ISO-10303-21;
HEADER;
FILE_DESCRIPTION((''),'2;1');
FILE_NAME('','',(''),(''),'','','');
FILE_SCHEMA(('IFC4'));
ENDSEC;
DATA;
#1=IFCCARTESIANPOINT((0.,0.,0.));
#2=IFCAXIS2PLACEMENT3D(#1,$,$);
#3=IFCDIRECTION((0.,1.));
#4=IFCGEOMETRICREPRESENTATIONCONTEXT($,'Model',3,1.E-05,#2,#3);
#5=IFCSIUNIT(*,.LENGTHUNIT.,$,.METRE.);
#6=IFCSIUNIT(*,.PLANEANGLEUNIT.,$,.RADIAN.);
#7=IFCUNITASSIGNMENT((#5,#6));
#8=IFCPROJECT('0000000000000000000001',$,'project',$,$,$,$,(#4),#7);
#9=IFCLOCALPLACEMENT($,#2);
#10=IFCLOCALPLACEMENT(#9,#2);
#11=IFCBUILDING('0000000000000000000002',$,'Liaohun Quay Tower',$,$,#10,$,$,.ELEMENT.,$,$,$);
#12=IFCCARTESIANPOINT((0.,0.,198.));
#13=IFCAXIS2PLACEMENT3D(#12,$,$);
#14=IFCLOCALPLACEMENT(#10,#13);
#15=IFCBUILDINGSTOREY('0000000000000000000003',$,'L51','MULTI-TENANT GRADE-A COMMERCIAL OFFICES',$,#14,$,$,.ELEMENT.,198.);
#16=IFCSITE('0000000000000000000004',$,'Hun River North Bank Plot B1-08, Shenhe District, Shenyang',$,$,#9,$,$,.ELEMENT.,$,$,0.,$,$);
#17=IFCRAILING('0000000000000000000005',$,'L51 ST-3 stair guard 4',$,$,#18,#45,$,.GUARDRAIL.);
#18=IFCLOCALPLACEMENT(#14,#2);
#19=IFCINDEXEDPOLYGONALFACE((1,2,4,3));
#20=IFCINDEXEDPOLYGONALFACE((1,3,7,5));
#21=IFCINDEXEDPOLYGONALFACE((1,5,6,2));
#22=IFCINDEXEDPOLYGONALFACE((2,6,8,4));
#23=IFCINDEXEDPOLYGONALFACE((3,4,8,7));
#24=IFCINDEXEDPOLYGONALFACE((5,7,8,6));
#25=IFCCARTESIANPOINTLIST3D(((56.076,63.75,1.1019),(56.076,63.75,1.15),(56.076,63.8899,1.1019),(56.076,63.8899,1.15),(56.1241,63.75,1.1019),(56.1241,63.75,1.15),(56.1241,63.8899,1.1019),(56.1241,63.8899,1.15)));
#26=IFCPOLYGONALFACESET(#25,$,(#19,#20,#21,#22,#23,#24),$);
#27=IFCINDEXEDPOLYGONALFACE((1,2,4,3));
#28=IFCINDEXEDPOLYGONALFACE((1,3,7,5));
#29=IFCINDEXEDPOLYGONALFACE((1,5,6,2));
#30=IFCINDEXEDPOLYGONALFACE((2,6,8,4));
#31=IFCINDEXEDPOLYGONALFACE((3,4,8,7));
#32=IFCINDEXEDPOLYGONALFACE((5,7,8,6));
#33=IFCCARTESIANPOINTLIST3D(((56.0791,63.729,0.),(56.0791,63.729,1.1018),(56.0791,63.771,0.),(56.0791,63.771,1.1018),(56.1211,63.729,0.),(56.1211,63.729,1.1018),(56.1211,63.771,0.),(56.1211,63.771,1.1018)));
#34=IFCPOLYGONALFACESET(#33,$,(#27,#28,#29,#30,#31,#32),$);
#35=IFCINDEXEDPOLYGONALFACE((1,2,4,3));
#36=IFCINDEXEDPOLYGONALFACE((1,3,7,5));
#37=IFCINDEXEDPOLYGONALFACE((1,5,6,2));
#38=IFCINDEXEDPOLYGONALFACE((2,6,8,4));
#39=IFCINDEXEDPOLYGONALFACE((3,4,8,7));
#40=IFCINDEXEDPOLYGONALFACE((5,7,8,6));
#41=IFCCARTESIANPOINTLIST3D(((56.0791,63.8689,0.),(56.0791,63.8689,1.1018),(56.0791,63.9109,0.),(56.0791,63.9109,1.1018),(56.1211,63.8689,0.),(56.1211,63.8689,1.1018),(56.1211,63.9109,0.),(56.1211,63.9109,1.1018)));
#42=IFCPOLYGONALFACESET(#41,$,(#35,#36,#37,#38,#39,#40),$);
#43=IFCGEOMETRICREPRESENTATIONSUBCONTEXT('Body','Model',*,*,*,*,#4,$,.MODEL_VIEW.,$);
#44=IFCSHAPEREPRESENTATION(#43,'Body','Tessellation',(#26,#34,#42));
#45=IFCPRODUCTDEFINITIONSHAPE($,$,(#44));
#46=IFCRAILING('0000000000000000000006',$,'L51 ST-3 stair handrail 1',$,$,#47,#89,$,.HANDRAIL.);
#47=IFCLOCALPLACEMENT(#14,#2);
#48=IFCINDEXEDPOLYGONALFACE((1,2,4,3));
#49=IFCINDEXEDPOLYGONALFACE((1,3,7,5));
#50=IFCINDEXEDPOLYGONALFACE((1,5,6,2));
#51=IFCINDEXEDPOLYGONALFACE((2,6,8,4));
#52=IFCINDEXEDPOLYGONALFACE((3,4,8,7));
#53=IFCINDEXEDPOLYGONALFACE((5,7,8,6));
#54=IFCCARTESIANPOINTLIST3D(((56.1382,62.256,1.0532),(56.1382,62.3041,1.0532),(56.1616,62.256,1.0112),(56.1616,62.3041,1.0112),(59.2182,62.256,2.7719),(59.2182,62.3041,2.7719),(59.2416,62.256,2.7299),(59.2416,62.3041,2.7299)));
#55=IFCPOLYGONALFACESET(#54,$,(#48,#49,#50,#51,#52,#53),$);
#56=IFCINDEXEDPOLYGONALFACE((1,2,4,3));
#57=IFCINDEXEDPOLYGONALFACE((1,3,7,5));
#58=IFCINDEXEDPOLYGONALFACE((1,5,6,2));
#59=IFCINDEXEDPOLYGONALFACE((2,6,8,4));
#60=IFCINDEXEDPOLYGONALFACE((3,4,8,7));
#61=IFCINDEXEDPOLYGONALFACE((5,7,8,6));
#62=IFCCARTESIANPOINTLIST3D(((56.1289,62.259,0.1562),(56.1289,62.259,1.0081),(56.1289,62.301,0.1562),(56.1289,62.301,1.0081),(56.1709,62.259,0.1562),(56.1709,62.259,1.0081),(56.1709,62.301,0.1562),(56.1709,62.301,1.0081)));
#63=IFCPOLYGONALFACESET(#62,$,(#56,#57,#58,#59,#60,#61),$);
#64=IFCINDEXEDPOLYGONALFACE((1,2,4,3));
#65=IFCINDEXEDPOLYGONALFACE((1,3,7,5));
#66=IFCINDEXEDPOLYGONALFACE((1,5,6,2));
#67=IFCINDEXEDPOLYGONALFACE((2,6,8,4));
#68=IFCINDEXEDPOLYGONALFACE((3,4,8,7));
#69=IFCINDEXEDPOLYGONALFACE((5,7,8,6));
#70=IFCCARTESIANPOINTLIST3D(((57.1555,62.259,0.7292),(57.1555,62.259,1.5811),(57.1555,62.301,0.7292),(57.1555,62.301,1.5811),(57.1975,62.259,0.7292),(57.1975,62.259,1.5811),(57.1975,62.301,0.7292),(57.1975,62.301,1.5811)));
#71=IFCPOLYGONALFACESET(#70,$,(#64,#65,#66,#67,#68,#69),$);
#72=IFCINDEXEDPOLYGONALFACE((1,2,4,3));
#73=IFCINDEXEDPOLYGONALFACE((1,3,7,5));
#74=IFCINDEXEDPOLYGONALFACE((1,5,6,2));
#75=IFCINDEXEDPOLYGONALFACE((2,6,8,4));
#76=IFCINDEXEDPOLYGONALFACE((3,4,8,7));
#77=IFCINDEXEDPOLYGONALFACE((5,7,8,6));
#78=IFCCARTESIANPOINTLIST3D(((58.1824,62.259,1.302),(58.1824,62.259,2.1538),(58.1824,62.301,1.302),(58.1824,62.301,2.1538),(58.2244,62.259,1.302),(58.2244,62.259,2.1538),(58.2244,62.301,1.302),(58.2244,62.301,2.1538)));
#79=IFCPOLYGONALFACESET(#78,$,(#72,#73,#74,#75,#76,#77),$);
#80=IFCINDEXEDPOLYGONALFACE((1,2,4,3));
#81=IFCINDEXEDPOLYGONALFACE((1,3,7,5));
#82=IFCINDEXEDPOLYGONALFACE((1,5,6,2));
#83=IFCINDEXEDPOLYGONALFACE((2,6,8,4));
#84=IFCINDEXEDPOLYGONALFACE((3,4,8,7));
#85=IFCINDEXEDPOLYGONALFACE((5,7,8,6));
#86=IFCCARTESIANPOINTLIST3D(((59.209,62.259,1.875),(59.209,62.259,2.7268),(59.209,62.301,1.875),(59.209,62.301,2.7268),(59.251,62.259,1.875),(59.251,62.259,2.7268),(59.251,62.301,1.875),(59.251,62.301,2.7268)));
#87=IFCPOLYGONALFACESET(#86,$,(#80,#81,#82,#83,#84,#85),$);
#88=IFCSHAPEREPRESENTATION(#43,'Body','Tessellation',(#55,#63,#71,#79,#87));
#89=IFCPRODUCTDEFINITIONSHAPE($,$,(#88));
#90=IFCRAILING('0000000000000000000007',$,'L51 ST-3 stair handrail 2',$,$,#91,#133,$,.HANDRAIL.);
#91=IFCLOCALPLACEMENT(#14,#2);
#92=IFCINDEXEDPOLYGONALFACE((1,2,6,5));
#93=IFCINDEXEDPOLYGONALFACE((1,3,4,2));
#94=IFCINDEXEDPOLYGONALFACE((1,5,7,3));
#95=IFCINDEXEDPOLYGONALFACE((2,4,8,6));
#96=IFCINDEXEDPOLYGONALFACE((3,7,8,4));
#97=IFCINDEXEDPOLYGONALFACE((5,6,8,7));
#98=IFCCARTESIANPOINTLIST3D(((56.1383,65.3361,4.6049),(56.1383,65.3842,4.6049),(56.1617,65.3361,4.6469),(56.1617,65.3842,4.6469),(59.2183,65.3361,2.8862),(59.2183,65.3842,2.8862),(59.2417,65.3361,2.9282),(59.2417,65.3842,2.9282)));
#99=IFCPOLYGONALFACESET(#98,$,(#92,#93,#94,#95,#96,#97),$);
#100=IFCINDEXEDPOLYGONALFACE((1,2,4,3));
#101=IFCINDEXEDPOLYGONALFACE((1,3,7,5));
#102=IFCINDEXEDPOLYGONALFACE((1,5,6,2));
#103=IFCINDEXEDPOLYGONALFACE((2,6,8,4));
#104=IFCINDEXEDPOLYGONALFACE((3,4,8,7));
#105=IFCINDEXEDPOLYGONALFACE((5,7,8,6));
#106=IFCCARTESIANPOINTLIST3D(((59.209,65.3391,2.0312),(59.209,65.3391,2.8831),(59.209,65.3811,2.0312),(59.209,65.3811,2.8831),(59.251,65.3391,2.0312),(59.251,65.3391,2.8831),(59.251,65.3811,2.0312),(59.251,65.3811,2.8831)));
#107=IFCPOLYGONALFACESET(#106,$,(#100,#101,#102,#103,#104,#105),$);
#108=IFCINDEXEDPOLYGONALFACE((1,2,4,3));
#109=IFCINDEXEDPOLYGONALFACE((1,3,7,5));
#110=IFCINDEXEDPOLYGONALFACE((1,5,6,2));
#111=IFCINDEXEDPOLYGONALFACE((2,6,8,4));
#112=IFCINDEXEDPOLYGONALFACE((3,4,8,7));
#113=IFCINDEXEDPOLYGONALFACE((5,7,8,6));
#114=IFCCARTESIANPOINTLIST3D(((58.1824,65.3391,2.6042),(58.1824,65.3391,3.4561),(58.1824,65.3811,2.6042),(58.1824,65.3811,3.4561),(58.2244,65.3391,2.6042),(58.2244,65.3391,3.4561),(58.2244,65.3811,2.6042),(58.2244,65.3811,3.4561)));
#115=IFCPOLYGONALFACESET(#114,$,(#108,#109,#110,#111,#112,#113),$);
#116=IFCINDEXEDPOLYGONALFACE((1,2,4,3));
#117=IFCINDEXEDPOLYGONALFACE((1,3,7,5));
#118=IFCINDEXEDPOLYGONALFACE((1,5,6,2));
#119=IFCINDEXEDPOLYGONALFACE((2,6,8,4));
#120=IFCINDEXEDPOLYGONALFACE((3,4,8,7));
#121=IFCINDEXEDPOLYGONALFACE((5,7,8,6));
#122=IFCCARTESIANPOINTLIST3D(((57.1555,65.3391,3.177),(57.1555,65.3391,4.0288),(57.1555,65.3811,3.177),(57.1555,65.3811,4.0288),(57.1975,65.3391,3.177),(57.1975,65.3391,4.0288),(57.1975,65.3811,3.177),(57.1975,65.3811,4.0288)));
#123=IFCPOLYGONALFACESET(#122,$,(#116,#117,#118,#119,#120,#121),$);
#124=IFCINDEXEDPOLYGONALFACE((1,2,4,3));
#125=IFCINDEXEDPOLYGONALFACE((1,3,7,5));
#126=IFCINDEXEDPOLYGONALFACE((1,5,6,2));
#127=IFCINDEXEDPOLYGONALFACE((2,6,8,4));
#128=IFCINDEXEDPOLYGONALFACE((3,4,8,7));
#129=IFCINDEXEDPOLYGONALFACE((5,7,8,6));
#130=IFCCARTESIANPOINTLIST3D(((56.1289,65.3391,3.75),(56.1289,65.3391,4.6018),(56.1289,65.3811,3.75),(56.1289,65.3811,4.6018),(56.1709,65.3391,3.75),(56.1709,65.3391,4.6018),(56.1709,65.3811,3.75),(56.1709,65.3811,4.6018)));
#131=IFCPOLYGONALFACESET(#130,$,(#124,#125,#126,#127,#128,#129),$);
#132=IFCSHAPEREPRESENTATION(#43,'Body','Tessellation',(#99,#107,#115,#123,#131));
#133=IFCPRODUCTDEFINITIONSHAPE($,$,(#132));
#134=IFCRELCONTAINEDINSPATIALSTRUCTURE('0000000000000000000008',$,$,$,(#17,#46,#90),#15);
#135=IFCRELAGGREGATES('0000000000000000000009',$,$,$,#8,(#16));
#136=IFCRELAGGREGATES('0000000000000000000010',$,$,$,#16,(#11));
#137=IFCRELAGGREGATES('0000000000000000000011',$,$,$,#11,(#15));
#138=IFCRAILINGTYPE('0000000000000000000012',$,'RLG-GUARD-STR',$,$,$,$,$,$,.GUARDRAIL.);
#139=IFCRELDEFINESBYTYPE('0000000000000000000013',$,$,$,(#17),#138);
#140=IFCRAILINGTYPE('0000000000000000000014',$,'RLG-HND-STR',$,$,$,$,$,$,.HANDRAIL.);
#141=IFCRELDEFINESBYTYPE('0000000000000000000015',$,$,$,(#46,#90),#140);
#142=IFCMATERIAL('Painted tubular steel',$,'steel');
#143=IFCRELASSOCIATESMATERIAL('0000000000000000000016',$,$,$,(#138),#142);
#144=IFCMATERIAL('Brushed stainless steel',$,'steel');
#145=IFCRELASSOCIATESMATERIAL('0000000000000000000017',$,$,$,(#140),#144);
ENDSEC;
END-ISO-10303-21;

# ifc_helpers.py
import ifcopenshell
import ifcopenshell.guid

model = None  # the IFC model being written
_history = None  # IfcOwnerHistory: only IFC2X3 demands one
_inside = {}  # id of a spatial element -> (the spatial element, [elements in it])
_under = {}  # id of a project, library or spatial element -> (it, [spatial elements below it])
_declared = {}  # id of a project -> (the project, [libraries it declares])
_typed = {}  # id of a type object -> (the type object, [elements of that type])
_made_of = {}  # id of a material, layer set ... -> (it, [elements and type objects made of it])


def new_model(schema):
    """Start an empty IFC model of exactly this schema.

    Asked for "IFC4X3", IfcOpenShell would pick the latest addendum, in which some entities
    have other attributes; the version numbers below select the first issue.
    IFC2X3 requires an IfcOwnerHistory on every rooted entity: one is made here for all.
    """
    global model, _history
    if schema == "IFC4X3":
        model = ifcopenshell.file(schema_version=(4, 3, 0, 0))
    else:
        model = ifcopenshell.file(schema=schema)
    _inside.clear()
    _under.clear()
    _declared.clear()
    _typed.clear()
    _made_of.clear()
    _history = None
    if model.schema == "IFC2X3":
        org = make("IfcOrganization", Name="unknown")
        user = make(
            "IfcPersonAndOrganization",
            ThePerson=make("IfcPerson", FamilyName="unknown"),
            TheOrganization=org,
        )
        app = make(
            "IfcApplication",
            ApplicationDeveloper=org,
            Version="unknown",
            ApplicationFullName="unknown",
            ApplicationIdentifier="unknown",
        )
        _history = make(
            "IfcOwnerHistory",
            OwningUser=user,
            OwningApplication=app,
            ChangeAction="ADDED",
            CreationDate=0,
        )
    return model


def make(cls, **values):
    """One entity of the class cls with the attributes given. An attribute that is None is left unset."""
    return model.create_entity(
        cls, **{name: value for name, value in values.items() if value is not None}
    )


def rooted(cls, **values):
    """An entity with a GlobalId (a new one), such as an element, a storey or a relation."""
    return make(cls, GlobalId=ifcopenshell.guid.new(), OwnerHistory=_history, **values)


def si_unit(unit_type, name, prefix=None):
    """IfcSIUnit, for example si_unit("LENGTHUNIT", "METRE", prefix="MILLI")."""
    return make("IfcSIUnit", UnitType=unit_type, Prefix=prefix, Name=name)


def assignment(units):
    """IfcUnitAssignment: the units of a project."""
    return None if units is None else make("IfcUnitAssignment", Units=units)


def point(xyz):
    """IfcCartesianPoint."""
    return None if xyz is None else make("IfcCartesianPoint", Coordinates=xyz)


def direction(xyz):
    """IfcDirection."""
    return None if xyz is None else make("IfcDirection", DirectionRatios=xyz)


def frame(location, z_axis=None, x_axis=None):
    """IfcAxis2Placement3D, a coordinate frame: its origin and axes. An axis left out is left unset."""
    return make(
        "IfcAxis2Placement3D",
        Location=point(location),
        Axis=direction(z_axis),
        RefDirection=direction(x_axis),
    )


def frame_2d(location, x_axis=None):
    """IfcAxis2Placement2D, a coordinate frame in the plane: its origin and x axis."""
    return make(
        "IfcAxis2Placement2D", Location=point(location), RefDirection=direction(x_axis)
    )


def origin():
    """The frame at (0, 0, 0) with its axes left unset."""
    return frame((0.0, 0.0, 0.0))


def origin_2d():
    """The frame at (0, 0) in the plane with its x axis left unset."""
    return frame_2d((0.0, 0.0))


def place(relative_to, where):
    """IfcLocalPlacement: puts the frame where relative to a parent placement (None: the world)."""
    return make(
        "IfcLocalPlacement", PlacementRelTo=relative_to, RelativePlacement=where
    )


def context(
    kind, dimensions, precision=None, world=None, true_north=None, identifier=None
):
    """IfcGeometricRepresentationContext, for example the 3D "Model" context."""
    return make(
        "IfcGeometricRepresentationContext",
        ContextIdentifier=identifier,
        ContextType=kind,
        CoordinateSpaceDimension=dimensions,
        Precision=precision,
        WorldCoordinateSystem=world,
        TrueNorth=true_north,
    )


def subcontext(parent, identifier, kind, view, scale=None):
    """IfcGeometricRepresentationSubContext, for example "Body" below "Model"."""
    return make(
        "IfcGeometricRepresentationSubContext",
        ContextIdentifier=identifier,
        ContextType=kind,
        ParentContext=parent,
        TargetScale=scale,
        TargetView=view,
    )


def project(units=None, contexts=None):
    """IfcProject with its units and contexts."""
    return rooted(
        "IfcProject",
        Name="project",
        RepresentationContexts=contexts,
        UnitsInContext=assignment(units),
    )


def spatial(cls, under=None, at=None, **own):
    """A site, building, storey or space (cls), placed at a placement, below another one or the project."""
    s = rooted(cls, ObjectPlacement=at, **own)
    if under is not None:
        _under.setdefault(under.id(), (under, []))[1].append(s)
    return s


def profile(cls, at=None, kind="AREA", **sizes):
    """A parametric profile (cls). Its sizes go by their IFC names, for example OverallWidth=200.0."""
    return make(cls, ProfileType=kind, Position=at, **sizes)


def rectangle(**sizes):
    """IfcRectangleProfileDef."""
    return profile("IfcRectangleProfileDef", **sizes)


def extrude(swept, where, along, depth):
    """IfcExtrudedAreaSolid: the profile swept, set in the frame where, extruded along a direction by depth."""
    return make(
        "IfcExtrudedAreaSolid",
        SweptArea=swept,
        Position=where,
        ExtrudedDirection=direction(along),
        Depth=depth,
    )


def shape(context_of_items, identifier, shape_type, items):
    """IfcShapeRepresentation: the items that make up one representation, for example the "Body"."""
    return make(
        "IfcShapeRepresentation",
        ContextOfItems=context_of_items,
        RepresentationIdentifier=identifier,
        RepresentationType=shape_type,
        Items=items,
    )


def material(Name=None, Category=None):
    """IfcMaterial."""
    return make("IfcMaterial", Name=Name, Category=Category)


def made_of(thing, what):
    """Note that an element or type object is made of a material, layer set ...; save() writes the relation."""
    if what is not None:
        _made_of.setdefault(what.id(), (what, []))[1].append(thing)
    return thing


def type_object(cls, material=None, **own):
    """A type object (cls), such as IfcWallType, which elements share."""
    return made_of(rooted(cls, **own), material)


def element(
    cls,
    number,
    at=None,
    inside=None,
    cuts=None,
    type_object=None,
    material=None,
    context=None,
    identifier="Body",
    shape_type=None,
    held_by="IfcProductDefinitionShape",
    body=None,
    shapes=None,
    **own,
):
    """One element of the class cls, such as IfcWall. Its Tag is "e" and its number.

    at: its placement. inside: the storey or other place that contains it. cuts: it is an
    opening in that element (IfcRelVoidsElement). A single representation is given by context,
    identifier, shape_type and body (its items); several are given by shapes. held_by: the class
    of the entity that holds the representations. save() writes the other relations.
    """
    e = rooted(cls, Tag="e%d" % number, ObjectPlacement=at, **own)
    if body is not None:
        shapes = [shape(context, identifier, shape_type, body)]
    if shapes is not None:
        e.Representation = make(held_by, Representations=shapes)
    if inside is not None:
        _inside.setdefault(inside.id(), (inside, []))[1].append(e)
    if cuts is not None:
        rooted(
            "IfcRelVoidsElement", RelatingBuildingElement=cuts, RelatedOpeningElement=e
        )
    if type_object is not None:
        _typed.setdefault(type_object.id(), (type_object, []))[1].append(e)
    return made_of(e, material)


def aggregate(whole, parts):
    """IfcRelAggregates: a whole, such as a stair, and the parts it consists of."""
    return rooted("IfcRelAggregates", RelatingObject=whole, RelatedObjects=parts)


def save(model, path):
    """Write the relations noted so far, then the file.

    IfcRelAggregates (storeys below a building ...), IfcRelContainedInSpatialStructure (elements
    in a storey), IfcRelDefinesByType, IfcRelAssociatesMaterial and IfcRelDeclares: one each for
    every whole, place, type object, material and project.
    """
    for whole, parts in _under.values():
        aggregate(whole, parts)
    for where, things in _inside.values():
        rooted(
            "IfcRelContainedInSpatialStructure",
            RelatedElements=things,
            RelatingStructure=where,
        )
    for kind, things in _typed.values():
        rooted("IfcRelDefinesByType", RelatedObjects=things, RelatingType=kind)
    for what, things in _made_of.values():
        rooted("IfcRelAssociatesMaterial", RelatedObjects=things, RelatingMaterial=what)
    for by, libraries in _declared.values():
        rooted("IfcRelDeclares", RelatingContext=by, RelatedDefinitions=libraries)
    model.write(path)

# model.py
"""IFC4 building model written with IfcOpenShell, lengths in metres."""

from ifc_helpers import new_model, si_unit, direction, frame, origin, origin_2d, place, context, subcontext, project, spatial, rectangle, extrude, material, type_object, element, save


model = new_model("IFC4")

# Units and contexts
model_context = context("Model", 3, precision=1e-05, world=origin(), true_north=direction((0.0, 1.0)))
body_context = subcontext(model_context, "Body", "Model", "MODEL_VIEW")
ifc_project = project(units=[si_unit("LENGTHUNIT", "METRE"), si_unit("PLANEANGLEUNIT", "RADIAN")], contexts=[model_context])

# Site, building, storey
site_placement = place(None, origin())
site = spatial("IfcSite", under=ifc_project, at=site_placement, Name="Hun River North Bank Plot B1-08, Shenhe District, Shenyang", CompositionType="ELEMENT", RefElevation=0.0)
building_placement = place(site_placement, origin())
building = spatial("IfcBuilding", under=site, at=building_placement, Name="Liaohun Quay Tower", CompositionType="ELEMENT")
storey_placement = place(building_placement, frame((0.0, 0.0, 198.0)))
storey = spatial("IfcBuildingStorey", under=building, at=storey_placement, Name="L51", Description="MULTI-TENANT GRADE-A COMMERCIAL OFFICES", CompositionType="ELEMENT", Elevation=198.0)

# Railings
ifc_material_1 = material(Name="Painted tubular steel", Category="steel")
railing_type_1 = type_object("IfcRailingType", Name="RLG-GUARD-STR", PredefinedType="GUARDRAIL", material=ifc_material_1)
railing_1_placement = place(storey_placement, frame((56.1001, 63.75, 0.0)))
element("IfcRailing", 1, at=railing_1_placement, inside=storey, type_object=railing_type_1, Name="L51 ST-3 stair guard 4", PredefinedType="GUARDRAIL", context=body_context, shape_type="SweptSolid", body=[
    extrude(rectangle(XDim=0.0481, YDim=0.0481, at=origin_2d()), frame((0.0, 0.0, 1.126), z_axis=(0.0, 1.0, 0.0), x_axis=(-1.0, 0.0, 0.0)), (0.0, 0.0, 1.0), 0.1399),
    extrude(rectangle(XDim=0.042, YDim=0.042, at=origin_2d()), origin(), (0.0, 0.0, 1.0), 1.1018),
    extrude(rectangle(XDim=0.042, YDim=0.042, at=origin_2d()), frame((0.0, 0.1399, 0.0)), (0.0, 0.0, 1.0), 1.1018),
])
ifc_material_2 = material(Name="Brushed stainless steel", Category="steel")
railing_type_2 = type_object("IfcRailingType", Name="RLG-HND-STR", PredefinedType="HANDRAIL", material=ifc_material_2)
railing_2_placement = place(storey_placement, frame((56.1499, 62.28, 0.1562)))
element("IfcRailing", 2, at=railing_2_placement, inside=storey, type_object=railing_type_2, Name="L51 ST-3 stair handrail 1", PredefinedType="HANDRAIL", context=body_context, shape_type="SweptSolid", body=[
    extrude(rectangle(XDim=0.0481, YDim=0.0481, at=origin_2d()), frame((0.0, 0.0, 0.876), z_axis=(0.873242, 0.0, 0.487288), x_axis=(0.0, 1.0, 0.0)), (0.0, 0.0, 1.0), 3.5271),
    extrude(rectangle(XDim=0.042, YDim=0.042, at=origin_2d()), origin(), (0.0, 0.0, 1.0), 0.8518),
    extrude(rectangle(XDim=0.042, YDim=0.042, at=origin_2d()), frame((1.0266, 0.0, 0.573)), (0.0, 0.0, 1.0), 0.8518),
    extrude(rectangle(XDim=0.042, YDim=0.042, at=origin_2d()), frame((2.0535, 0.0, 1.1458)), (0.0, 0.0, 1.0), 0.8518),
    extrude(rectangle(XDim=0.042, YDim=0.042, at=origin_2d()), frame((3.0801, 0.0, 1.7188)), (0.0, 0.0, 1.0), 0.8518),
])
railing_3_placement = place(storey_placement, frame((59.23, 65.3601, 2.0312)))
element("IfcRailing", 3, at=railing_3_placement, inside=storey, type_object=railing_type_2, Name="L51 ST-3 stair handrail 2", PredefinedType="HANDRAIL", context=body_context, shape_type="SweptSolid", body=[
    extrude(rectangle(XDim=0.0481, YDim=0.0481, at=origin_2d()), frame((0.0, 0.0, 0.876), z_axis=(-0.873242, 0.0, 0.487288), x_axis=(0.0, -1.0, 0.0)), (0.0, 0.0, 1.0), 3.5271),
    extrude(rectangle(XDim=0.042, YDim=0.042, at=origin_2d()), origin(), (0.0, 0.0, 1.0), 0.8518),
    extrude(rectangle(XDim=0.042, YDim=0.042, at=origin_2d()), frame((-1.0266, 0.0, 0.573)), (0.0, 0.0, 1.0), 0.8518),
    extrude(rectangle(XDim=0.042, YDim=0.042, at=origin_2d()), frame((-2.0535, 0.0, 1.1458)), (0.0, 0.0, 1.0), 0.8518),
    extrude(rectangle(XDim=0.042, YDim=0.042, at=origin_2d()), frame((-3.0801, 0.0, 1.7188)), (0.0, 0.0, 1.0), 0.8518),
])

save(model, "model.ifc")
